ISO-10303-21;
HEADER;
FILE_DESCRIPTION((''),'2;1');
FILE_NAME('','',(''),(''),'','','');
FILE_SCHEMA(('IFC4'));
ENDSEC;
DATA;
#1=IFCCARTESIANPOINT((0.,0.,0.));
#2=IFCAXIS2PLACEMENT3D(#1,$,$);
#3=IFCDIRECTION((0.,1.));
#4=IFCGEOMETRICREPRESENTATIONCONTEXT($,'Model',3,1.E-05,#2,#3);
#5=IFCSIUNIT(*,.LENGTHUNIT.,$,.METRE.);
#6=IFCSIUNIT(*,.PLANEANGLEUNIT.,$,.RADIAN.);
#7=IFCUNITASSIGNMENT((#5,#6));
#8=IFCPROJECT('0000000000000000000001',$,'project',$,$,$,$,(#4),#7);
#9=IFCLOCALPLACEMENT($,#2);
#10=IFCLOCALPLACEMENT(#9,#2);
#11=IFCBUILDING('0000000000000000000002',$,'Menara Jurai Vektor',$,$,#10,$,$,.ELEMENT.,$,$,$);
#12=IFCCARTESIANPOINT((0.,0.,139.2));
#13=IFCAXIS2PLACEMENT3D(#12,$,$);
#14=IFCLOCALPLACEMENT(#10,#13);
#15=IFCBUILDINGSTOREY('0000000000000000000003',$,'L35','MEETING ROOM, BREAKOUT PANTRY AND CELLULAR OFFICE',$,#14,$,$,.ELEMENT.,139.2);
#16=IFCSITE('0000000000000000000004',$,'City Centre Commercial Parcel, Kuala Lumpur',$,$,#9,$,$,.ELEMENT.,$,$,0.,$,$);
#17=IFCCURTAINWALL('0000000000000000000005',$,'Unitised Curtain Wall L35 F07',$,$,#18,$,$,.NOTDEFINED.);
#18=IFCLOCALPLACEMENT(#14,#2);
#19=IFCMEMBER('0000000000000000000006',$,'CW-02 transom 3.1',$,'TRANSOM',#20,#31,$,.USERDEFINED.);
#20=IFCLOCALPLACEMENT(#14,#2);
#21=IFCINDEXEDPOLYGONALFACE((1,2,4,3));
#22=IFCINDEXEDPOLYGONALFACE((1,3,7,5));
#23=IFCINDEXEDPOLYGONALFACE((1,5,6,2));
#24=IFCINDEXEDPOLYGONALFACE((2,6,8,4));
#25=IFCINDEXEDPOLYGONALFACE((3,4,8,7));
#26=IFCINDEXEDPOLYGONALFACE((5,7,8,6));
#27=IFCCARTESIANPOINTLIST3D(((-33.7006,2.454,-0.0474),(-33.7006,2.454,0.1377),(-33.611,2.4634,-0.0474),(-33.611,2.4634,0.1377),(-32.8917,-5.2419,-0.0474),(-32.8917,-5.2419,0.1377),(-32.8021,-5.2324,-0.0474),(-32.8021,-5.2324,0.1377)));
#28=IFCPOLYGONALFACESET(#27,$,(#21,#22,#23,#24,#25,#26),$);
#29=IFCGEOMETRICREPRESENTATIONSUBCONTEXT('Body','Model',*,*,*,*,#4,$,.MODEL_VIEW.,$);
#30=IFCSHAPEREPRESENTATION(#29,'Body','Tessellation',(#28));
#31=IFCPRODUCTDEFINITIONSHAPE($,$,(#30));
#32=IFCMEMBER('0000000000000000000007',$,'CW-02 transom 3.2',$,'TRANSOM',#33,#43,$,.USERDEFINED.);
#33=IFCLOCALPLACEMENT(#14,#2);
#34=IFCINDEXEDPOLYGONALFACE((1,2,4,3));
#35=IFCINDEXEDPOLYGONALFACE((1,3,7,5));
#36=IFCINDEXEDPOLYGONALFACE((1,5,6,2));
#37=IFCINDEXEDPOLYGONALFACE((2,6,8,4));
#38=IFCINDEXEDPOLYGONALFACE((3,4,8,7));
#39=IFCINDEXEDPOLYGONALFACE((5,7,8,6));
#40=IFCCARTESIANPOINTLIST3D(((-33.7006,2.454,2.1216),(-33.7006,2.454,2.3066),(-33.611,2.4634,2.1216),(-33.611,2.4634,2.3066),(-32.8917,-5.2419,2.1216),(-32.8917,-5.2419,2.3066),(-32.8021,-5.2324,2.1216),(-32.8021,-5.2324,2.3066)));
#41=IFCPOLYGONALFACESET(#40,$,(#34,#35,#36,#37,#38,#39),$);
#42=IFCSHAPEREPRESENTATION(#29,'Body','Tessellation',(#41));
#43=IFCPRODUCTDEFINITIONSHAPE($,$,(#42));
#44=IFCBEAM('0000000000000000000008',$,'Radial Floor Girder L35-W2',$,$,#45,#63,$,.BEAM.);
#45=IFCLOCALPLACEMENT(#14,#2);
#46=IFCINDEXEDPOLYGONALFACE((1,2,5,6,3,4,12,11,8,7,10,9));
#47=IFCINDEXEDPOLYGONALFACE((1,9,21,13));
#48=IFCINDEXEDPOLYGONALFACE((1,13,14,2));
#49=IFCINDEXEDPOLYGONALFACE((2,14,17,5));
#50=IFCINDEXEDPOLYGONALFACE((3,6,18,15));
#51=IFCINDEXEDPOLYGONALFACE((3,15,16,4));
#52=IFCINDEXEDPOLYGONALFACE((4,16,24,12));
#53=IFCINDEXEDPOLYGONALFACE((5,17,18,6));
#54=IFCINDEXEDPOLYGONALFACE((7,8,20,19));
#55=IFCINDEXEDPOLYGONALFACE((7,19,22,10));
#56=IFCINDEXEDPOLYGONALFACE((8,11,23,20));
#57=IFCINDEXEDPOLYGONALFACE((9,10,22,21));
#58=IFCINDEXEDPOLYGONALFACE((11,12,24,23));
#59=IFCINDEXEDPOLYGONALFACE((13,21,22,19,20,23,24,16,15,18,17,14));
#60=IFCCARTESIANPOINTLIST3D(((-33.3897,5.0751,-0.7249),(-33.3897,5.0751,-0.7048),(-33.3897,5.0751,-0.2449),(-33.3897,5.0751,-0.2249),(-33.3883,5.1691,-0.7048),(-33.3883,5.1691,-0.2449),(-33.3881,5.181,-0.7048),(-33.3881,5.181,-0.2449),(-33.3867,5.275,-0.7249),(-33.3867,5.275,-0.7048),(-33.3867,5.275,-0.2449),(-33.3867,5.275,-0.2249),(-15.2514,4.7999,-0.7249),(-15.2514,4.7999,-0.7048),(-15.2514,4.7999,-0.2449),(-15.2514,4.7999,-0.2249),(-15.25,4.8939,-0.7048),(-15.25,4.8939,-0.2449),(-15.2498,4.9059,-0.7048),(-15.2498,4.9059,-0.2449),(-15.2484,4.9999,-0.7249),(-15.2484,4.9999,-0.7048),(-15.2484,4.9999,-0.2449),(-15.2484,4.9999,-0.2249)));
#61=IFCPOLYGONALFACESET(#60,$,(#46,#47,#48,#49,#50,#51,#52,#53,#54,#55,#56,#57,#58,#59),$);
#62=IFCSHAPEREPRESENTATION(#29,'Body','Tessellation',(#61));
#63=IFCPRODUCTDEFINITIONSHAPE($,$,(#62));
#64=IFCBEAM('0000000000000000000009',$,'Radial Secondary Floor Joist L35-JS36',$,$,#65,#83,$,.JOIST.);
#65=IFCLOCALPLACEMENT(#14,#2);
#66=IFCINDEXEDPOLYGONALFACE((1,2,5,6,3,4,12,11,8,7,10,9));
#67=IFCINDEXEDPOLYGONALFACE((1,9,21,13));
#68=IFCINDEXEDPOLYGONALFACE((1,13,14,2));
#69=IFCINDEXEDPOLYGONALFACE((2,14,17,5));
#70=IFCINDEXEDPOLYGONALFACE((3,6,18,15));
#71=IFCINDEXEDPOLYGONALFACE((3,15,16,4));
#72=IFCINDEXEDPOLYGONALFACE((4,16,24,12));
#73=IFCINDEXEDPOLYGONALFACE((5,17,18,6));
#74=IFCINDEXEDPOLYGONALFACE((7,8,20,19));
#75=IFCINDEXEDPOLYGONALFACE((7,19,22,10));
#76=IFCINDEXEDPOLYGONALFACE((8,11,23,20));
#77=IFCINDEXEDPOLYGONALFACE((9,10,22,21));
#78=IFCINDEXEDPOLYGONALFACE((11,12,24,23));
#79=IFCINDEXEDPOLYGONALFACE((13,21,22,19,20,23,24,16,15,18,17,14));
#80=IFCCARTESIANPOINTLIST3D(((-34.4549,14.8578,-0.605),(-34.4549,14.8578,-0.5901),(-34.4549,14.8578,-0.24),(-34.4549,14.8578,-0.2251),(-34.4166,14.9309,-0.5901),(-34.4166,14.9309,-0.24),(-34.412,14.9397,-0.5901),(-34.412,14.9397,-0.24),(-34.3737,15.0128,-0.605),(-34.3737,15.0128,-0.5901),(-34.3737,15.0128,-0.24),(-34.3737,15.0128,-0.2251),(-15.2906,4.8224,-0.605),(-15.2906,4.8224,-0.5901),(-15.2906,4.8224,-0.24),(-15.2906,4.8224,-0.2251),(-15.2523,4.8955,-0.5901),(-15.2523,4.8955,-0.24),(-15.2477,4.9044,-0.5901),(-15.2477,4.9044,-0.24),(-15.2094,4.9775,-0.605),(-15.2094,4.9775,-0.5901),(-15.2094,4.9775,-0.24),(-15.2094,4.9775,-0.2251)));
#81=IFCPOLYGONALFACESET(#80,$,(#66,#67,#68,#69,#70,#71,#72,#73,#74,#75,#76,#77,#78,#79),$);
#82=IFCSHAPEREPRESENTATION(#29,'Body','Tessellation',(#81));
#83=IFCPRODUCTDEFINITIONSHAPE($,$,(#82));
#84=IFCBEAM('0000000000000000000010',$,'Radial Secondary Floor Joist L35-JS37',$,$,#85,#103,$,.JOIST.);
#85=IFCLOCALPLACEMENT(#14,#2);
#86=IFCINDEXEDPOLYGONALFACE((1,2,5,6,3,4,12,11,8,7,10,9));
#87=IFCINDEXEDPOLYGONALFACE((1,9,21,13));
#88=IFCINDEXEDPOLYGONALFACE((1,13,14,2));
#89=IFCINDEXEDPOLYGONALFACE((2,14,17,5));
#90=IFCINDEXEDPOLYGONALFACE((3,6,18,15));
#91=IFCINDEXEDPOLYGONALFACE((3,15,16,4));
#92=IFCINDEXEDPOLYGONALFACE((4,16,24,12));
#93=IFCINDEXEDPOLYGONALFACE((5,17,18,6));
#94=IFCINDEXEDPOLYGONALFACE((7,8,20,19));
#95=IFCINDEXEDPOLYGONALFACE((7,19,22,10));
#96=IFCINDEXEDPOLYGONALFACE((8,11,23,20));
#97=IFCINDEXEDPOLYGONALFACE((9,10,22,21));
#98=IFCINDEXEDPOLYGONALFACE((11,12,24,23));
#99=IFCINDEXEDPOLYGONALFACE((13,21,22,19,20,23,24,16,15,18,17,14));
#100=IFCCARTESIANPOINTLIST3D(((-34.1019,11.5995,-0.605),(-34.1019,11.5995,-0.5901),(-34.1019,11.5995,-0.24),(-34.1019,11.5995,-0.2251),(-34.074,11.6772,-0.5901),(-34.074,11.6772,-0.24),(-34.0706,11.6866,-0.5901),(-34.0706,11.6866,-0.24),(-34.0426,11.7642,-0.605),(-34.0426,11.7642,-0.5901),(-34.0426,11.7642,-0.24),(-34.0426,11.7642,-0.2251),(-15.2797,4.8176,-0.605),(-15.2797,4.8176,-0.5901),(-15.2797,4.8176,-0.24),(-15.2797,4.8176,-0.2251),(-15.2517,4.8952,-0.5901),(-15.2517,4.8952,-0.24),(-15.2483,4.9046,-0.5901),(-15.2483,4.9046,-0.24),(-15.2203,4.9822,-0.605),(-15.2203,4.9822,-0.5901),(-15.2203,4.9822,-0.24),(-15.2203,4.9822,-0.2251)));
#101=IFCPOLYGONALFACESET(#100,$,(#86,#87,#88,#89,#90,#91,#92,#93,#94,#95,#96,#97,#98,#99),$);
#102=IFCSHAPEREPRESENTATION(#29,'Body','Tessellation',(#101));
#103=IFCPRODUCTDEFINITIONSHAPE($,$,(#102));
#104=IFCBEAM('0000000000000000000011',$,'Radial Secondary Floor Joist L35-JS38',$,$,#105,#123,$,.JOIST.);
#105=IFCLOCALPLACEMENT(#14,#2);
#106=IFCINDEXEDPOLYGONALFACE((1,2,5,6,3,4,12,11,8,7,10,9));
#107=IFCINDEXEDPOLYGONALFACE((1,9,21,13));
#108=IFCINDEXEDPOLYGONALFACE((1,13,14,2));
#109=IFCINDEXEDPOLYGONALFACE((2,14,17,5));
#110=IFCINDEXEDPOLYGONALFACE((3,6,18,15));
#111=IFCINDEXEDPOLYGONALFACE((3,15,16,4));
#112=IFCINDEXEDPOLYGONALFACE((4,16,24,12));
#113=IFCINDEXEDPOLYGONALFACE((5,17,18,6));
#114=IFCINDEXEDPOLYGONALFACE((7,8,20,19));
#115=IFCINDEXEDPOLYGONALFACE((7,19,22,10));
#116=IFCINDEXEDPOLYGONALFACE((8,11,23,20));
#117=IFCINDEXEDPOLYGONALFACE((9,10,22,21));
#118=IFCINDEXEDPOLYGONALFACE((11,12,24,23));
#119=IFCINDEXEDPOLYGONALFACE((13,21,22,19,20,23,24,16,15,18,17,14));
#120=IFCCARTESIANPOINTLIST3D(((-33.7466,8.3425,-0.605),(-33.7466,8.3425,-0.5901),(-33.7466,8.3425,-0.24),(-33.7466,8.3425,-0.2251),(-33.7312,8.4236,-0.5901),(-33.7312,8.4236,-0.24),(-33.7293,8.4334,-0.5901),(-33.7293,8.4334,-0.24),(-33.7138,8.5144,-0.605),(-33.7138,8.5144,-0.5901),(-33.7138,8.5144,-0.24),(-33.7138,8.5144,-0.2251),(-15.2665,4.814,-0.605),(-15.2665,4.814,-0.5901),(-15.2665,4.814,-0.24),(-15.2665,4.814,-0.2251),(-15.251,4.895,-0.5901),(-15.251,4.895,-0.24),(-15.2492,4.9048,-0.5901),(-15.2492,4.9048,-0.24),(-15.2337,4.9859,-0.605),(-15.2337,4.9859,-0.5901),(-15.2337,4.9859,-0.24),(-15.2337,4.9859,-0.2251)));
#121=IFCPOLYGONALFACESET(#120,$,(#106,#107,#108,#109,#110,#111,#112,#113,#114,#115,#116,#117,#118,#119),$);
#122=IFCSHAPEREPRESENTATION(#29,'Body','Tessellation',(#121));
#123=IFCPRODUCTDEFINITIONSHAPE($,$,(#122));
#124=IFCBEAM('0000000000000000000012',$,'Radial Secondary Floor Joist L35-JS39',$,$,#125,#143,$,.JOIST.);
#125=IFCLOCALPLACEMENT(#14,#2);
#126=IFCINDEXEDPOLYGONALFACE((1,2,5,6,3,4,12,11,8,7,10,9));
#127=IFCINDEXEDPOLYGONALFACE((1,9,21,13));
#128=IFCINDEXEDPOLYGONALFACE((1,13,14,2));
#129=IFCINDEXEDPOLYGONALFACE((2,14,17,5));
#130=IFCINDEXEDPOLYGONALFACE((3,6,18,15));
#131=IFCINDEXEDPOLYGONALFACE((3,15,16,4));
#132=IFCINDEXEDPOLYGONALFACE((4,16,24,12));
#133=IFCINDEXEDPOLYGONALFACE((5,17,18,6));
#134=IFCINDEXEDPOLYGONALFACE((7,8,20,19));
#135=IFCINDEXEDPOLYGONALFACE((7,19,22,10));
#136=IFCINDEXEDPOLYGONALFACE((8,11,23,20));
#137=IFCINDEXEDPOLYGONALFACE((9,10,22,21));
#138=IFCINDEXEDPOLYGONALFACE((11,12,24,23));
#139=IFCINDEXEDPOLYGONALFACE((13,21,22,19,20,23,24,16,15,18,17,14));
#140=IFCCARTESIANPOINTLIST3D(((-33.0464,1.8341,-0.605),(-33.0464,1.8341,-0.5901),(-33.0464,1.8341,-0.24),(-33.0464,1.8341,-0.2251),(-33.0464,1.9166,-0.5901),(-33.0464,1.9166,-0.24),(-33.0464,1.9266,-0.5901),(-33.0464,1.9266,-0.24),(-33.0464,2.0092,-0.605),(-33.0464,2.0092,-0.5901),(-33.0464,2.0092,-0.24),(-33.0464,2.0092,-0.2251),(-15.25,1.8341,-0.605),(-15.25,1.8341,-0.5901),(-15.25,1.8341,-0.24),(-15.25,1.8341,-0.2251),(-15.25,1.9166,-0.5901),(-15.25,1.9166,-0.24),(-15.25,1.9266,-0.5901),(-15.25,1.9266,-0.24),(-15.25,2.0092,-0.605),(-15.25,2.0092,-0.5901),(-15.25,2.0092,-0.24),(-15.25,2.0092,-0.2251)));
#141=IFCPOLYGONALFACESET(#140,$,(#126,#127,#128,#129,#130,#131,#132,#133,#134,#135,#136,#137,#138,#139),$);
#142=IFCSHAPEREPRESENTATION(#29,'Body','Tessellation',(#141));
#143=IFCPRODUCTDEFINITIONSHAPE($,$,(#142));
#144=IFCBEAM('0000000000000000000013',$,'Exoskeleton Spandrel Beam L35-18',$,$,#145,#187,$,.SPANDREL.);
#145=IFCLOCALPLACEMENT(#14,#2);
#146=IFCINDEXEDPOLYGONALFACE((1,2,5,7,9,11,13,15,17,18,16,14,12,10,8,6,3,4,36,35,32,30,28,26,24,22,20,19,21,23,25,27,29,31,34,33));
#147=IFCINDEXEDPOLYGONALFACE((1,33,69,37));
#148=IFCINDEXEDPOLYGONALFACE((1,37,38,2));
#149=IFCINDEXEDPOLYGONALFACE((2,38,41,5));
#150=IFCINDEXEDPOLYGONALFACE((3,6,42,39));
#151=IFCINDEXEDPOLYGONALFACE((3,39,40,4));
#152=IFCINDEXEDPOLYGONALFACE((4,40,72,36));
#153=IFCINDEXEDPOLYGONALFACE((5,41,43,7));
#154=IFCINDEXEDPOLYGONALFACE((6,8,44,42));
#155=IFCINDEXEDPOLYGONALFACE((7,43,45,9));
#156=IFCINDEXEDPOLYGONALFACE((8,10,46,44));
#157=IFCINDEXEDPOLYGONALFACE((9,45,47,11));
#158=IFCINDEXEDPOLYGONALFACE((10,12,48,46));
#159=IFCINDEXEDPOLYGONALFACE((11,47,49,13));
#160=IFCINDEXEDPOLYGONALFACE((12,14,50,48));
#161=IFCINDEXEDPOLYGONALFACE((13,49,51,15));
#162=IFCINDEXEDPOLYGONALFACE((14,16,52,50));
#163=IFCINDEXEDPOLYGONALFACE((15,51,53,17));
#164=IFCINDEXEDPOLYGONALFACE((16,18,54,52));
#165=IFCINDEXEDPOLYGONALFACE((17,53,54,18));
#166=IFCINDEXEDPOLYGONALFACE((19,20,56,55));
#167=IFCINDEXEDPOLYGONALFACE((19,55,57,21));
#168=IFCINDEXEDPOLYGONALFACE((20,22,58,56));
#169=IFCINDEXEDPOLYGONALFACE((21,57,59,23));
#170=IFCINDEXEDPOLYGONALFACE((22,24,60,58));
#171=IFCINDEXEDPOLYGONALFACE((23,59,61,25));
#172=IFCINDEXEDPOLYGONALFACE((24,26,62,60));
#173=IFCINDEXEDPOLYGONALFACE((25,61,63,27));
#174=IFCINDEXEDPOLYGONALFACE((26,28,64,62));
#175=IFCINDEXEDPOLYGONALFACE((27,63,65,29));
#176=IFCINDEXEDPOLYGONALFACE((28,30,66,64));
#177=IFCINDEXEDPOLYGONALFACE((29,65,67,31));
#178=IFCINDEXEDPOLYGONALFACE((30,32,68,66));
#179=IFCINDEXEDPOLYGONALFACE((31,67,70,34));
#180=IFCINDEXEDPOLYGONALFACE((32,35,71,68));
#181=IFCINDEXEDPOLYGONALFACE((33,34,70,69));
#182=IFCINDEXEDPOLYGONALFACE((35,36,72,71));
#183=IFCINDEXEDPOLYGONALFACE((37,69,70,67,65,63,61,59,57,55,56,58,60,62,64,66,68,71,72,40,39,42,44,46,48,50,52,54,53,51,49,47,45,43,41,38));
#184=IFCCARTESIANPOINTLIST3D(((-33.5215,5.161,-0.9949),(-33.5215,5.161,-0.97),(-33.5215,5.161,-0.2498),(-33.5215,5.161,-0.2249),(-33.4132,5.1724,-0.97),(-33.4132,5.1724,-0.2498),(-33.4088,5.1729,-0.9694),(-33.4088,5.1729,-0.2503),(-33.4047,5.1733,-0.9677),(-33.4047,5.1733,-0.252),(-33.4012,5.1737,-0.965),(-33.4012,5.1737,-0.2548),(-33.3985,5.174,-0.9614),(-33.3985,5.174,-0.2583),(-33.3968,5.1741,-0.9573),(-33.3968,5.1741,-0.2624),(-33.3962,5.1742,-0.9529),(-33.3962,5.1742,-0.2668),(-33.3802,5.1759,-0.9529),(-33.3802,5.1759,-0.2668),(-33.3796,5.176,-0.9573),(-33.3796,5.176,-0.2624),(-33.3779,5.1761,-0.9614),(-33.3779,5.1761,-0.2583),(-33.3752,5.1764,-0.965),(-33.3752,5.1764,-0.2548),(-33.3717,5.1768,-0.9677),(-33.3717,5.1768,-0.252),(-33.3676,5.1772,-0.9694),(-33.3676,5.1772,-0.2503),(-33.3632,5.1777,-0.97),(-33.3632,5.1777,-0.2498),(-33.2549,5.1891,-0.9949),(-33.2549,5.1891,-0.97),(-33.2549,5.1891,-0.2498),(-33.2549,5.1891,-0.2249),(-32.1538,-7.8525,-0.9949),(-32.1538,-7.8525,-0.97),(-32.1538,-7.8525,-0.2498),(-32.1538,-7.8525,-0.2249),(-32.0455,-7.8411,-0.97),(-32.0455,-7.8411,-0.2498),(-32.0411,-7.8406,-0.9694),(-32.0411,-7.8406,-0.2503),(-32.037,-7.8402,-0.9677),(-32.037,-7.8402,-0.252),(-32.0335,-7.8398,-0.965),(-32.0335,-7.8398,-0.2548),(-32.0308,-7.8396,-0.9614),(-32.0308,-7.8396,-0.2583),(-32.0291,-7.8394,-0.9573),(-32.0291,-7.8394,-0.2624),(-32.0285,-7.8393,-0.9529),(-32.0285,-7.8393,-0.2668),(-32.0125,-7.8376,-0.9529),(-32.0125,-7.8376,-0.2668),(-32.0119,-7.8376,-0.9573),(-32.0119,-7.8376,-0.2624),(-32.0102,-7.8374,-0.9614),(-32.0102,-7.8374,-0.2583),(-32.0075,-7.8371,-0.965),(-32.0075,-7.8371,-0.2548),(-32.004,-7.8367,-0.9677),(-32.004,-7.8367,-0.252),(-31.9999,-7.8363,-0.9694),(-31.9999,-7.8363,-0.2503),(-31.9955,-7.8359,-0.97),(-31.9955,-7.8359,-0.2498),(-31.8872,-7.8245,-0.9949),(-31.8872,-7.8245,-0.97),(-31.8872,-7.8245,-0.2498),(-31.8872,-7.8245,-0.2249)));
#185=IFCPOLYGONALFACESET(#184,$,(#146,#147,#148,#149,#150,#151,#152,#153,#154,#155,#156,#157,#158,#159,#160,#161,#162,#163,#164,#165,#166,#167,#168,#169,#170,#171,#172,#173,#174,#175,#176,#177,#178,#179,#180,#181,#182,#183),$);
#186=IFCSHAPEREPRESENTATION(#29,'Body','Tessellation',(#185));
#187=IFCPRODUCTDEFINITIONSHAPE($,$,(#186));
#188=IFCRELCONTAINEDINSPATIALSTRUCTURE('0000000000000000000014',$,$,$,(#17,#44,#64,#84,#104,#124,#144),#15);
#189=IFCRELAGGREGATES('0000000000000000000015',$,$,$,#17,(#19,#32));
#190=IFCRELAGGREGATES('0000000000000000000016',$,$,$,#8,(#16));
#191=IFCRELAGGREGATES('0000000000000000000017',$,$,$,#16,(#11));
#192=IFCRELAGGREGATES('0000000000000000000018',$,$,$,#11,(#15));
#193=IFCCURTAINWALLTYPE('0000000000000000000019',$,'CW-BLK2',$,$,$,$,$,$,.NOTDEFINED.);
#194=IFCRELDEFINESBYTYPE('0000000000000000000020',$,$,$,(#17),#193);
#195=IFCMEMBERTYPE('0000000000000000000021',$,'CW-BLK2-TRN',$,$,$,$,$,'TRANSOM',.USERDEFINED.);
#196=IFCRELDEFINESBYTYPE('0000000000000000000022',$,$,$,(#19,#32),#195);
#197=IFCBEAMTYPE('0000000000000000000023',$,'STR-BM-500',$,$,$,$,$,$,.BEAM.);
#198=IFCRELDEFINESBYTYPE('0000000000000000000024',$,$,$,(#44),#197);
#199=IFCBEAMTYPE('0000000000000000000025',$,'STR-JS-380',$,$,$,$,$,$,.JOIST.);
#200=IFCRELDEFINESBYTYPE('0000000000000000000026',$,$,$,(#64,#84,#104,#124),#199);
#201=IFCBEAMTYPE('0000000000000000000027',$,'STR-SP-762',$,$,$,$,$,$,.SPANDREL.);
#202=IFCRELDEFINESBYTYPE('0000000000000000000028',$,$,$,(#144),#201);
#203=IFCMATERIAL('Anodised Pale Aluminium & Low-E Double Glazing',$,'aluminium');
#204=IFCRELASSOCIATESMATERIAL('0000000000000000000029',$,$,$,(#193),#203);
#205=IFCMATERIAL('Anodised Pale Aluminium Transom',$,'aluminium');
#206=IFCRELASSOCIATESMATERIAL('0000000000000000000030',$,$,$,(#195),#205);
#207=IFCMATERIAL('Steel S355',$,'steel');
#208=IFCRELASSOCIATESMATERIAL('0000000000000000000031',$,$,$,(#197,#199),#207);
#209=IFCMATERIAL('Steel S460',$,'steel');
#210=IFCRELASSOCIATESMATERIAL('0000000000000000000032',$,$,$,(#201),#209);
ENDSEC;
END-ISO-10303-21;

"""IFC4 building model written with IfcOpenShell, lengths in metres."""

from ifc_helpers import new_model, si_unit, direction, frame, origin, origin_2d, place, context, subcontext, project, spatial, rectangle, i_section, extrude, material, material_profile, profile_set, type_object, element, aggregate, save


model = new_model("IFC4")

# Units and contexts
model_context = context("Model", 3, precision=1e-05, world=origin(), true_north=direction((0.0, 1.0)))
body_context = subcontext(model_context, "Body", "Model", "MODEL_VIEW")
ifc_project = project(units=[si_unit("LENGTHUNIT", "METRE"), si_unit("PLANEANGLEUNIT", "RADIAN")], contexts=[model_context])

# Site, building, storey
site_placement = place(None, origin())
site = spatial("IfcSite", under=ifc_project, at=site_placement, Name="City Centre Commercial Parcel, Kuala Lumpur", CompositionType="ELEMENT", RefElevation=0.0)
building_placement = place(site_placement, origin())
building = spatial("IfcBuilding", under=site, at=building_placement, Name="Menara Jurai Vektor", CompositionType="ELEMENT")
storey_placement = place(building_placement, frame((0.0, 0.0, 139.2)))
storey = spatial("IfcBuildingStorey", under=building, at=storey_placement, Name="L35", Description="MEETING ROOM, BREAKOUT PANTRY AND CELLULAR OFFICE", CompositionType="ELEMENT", Elevation=139.2)

# Shared definitions
ifc_material_1 = material(Name="Steel S460", Category="steel")

# Curtain wall, members
ifc_material_2 = material(Name="Anodised Pale Aluminium & Low-E Double Glazing", Category="aluminium")
curtain_wall_type = type_object("IfcCurtainWallType", Name="CW-BLK2", PredefinedType="NOTDEFINED", material=ifc_material_2)
curtain_wall_placement = place(storey_placement, origin())
curtain_wall = element("IfcCurtainWall", 1, at=curtain_wall_placement, inside=storey, type_object=curtain_wall_type, Name="Unitised Curtain Wall L35 F07", PredefinedType="NOTDEFINED")
ifc_material_3 = material(Name="Anodised Pale Aluminium Transom", Category="aluminium")
ifc_material_profile_1 = material_profile(ifc_material_3, rectangle(XDim=0.0901, YDim=0.1851, at=origin_2d()), Name="ALU TRN 90x185")
ifc_profile_set_1 = profile_set([ifc_material_profile_1], Name="Anodised Pale Aluminium Transom")
member_type_1 = type_object("IfcMemberType", Name="CW-BLK2-TRN", ElementType="TRANSOM", PredefinedType="USERDEFINED", material=ifc_profile_set_1)
member_1_placement = place(storey_placement, frame((-33.6558, 2.4587, 0.0452), z_axis=(0.104525, -0.994522, 0.0), x_axis=(0.994522, 0.104525, 0.0)))
member_1 = element("IfcMember", 2, at=member_1_placement, type_object=member_type_1, Name="CW-02 transom 3.1", ObjectType="TRANSOM", PredefinedType="USERDEFINED", context=body_context, shape_type="SweptSolid", body=[
    extrude(rectangle(XDim=0.0901, YDim=0.1851, at=origin_2d()), origin(), (0.0, 0.0, 1.0), 7.7383),
])
member_2_placement = place(storey_placement, frame((-33.6558, 2.4587, 2.2141), z_axis=(0.104525, -0.994522, 0.0), x_axis=(0.994522, 0.104525, 0.0)))
member_2 = element("IfcMember", 3, at=member_2_placement, type_object=member_type_1, Name="CW-02 transom 3.2", ObjectType="TRANSOM", PredefinedType="USERDEFINED", context=body_context, shape_type="SweptSolid", body=[
    extrude(rectangle(XDim=0.0901, YDim=0.1851, at=origin_2d()), origin(), (0.0, 0.0, 1.0), 7.7383),
])

# Beams
ifc_material_4 = material(Name="Steel S355", Category="steel")
ifc_material_profile_2 = material_profile(ifc_material_4, i_section(OverallWidth=0.2, OverallDepth=0.5, WebThickness=0.012, FlangeThickness=0.02, at=origin_2d()), Name="PG 500x200x96")
ifc_profile_set_2 = profile_set([ifc_material_profile_2], Name="Steel S355")
beam_type_1 = type_object("IfcBeamType", Name="STR-BM-500", PredefinedType="BEAM", material=ifc_profile_set_2)
beam_1_placement = place(storey_placement, frame((-33.3882, 5.175, -0.4749), z_axis=(0.999885, -0.015168, 0.0), x_axis=(0.015168, 0.999885, 0.0)))
element("IfcBeam", 4, at=beam_1_placement, inside=storey, type_object=beam_type_1, Name="Radial Floor Girder L35-W2", PredefinedType="BEAM", context=body_context, shape_type="SweptSolid", body=[
    extrude(i_section(OverallWidth=0.2, OverallDepth=0.5, WebThickness=0.012, FlangeThickness=0.02, at=origin_2d()), origin(), (0.0, 0.0, 1.0), 18.1404),
])
ifc_material_profile_3 = material_profile(ifc_material_4, i_section(OverallWidth=0.175, OverallDepth=0.3799, WebThickness=0.01, FlangeThickness=0.0149, at=origin_2d()), Name="PG 380x175x58")
ifc_profile_set_3 = profile_set([ifc_material_profile_3], Name="Steel S355")
beam_type_2 = type_object("IfcBeamType", Name="STR-JS-380", PredefinedType="JOIST", material=ifc_profile_set_3)
beam_2_placement = place(storey_placement, frame((-34.4143, 14.9353, -0.415), z_axis=(0.885889, -0.463897, 0.0), x_axis=(0.463897, 0.885889, 0.0)))
element("IfcBeam", 5, at=beam_2_placement, inside=storey, type_object=beam_type_2, Name="Radial Secondary Floor Joist L35-JS36", PredefinedType="JOIST", context=body_context, shape_type="SweptSolid", body=[
    extrude(i_section(OverallWidth=0.175, OverallDepth=0.3799, WebThickness=0.01, FlangeThickness=0.0149, at=origin_2d()), origin(), (0.0, 0.0, 1.0), 21.6328),
])
beam_3_placement = place(storey_placement, frame((-34.0723, 11.6819, -0.415), z_axis=(0.940792, -0.338983, 0.0), x_axis=(0.338983, 0.940792, 0.0)))
element("IfcBeam", 6, at=beam_3_placement, inside=storey, type_object=beam_type_2, Name="Radial Secondary Floor Joist L35-JS37", PredefinedType="JOIST", context=body_context, shape_type="SweptSolid", body=[
    extrude(i_section(OverallWidth=0.175, OverallDepth=0.3799, WebThickness=0.01, FlangeThickness=0.0149, at=origin_2d()), origin(), (0.0, 0.0, 1.0), 20.0068),
])
beam_4_placement = place(storey_placement, frame((-33.7302, 8.4285, -0.415), z_axis=(0.982255, -0.187549, 0.0), x_axis=(0.187549, 0.982255, 0.0)))
element("IfcBeam", 7, at=beam_4_placement, inside=storey, type_object=beam_type_2, Name="Radial Secondary Floor Joist L35-JS38", PredefinedType="JOIST", context=body_context, shape_type="SweptSolid", body=[
    extrude(i_section(OverallWidth=0.175, OverallDepth=0.3799, WebThickness=0.01, FlangeThickness=0.0149, at=origin_2d()), origin(), (0.0, 0.0, 1.0), 18.814),
])
beam_5_placement = place(storey_placement, frame((-33.0464, 1.9216, -0.415), z_axis=(1.0, 0.0, 0.0), x_axis=(0.0, 1.0, 0.0)))
element("IfcBeam", 8, at=beam_5_placement, inside=storey, type_object=beam_type_2, Name="Radial Secondary Floor Joist L35-JS39", PredefinedType="JOIST", context=body_context, shape_type="SweptSolid", body=[
    extrude(i_section(OverallWidth=0.175, OverallDepth=0.3799, WebThickness=0.01, FlangeThickness=0.0149, at=origin_2d()), origin(), (0.0, 0.0, 1.0), 17.7964),
])
ifc_material_profile_4 = material_profile(ifc_material_1, i_section(OverallWidth=0.2681, OverallDepth=0.77, WebThickness=0.0161, FlangeThickness=0.0249, FilletRadius=0.0171, at=origin_2d()), Name="UKB 762x267x197")
ifc_profile_set_4 = profile_set([ifc_material_profile_4], Name="Steel S460")
beam_type_3 = type_object("IfcBeamType", Name="STR-SP-762", PredefinedType="SPANDREL", material=ifc_profile_set_4)
beam_6_placement = place(storey_placement, frame((-33.3882, 5.175, -0.6099), z_axis=(0.104522, -0.994523, 0.0), x_axis=(0.994523, 0.104522, 0.0)))
element("IfcBeam", 9, at=beam_6_placement, inside=storey, type_object=beam_type_3, Name="Exoskeleton Spandrel Beam L35-18", PredefinedType="SPANDREL", context=body_context, shape_type="SweptSolid", body=[
    extrude(i_section(OverallWidth=0.2681, OverallDepth=0.77, WebThickness=0.0161, FlangeThickness=0.0249, FilletRadius=0.0171, at=origin_2d()), origin(), (0.0, 0.0, 1.0), 13.0852),
])

aggregate(curtain_wall, [member_1, member_2])

save(model, "model.ifc")
